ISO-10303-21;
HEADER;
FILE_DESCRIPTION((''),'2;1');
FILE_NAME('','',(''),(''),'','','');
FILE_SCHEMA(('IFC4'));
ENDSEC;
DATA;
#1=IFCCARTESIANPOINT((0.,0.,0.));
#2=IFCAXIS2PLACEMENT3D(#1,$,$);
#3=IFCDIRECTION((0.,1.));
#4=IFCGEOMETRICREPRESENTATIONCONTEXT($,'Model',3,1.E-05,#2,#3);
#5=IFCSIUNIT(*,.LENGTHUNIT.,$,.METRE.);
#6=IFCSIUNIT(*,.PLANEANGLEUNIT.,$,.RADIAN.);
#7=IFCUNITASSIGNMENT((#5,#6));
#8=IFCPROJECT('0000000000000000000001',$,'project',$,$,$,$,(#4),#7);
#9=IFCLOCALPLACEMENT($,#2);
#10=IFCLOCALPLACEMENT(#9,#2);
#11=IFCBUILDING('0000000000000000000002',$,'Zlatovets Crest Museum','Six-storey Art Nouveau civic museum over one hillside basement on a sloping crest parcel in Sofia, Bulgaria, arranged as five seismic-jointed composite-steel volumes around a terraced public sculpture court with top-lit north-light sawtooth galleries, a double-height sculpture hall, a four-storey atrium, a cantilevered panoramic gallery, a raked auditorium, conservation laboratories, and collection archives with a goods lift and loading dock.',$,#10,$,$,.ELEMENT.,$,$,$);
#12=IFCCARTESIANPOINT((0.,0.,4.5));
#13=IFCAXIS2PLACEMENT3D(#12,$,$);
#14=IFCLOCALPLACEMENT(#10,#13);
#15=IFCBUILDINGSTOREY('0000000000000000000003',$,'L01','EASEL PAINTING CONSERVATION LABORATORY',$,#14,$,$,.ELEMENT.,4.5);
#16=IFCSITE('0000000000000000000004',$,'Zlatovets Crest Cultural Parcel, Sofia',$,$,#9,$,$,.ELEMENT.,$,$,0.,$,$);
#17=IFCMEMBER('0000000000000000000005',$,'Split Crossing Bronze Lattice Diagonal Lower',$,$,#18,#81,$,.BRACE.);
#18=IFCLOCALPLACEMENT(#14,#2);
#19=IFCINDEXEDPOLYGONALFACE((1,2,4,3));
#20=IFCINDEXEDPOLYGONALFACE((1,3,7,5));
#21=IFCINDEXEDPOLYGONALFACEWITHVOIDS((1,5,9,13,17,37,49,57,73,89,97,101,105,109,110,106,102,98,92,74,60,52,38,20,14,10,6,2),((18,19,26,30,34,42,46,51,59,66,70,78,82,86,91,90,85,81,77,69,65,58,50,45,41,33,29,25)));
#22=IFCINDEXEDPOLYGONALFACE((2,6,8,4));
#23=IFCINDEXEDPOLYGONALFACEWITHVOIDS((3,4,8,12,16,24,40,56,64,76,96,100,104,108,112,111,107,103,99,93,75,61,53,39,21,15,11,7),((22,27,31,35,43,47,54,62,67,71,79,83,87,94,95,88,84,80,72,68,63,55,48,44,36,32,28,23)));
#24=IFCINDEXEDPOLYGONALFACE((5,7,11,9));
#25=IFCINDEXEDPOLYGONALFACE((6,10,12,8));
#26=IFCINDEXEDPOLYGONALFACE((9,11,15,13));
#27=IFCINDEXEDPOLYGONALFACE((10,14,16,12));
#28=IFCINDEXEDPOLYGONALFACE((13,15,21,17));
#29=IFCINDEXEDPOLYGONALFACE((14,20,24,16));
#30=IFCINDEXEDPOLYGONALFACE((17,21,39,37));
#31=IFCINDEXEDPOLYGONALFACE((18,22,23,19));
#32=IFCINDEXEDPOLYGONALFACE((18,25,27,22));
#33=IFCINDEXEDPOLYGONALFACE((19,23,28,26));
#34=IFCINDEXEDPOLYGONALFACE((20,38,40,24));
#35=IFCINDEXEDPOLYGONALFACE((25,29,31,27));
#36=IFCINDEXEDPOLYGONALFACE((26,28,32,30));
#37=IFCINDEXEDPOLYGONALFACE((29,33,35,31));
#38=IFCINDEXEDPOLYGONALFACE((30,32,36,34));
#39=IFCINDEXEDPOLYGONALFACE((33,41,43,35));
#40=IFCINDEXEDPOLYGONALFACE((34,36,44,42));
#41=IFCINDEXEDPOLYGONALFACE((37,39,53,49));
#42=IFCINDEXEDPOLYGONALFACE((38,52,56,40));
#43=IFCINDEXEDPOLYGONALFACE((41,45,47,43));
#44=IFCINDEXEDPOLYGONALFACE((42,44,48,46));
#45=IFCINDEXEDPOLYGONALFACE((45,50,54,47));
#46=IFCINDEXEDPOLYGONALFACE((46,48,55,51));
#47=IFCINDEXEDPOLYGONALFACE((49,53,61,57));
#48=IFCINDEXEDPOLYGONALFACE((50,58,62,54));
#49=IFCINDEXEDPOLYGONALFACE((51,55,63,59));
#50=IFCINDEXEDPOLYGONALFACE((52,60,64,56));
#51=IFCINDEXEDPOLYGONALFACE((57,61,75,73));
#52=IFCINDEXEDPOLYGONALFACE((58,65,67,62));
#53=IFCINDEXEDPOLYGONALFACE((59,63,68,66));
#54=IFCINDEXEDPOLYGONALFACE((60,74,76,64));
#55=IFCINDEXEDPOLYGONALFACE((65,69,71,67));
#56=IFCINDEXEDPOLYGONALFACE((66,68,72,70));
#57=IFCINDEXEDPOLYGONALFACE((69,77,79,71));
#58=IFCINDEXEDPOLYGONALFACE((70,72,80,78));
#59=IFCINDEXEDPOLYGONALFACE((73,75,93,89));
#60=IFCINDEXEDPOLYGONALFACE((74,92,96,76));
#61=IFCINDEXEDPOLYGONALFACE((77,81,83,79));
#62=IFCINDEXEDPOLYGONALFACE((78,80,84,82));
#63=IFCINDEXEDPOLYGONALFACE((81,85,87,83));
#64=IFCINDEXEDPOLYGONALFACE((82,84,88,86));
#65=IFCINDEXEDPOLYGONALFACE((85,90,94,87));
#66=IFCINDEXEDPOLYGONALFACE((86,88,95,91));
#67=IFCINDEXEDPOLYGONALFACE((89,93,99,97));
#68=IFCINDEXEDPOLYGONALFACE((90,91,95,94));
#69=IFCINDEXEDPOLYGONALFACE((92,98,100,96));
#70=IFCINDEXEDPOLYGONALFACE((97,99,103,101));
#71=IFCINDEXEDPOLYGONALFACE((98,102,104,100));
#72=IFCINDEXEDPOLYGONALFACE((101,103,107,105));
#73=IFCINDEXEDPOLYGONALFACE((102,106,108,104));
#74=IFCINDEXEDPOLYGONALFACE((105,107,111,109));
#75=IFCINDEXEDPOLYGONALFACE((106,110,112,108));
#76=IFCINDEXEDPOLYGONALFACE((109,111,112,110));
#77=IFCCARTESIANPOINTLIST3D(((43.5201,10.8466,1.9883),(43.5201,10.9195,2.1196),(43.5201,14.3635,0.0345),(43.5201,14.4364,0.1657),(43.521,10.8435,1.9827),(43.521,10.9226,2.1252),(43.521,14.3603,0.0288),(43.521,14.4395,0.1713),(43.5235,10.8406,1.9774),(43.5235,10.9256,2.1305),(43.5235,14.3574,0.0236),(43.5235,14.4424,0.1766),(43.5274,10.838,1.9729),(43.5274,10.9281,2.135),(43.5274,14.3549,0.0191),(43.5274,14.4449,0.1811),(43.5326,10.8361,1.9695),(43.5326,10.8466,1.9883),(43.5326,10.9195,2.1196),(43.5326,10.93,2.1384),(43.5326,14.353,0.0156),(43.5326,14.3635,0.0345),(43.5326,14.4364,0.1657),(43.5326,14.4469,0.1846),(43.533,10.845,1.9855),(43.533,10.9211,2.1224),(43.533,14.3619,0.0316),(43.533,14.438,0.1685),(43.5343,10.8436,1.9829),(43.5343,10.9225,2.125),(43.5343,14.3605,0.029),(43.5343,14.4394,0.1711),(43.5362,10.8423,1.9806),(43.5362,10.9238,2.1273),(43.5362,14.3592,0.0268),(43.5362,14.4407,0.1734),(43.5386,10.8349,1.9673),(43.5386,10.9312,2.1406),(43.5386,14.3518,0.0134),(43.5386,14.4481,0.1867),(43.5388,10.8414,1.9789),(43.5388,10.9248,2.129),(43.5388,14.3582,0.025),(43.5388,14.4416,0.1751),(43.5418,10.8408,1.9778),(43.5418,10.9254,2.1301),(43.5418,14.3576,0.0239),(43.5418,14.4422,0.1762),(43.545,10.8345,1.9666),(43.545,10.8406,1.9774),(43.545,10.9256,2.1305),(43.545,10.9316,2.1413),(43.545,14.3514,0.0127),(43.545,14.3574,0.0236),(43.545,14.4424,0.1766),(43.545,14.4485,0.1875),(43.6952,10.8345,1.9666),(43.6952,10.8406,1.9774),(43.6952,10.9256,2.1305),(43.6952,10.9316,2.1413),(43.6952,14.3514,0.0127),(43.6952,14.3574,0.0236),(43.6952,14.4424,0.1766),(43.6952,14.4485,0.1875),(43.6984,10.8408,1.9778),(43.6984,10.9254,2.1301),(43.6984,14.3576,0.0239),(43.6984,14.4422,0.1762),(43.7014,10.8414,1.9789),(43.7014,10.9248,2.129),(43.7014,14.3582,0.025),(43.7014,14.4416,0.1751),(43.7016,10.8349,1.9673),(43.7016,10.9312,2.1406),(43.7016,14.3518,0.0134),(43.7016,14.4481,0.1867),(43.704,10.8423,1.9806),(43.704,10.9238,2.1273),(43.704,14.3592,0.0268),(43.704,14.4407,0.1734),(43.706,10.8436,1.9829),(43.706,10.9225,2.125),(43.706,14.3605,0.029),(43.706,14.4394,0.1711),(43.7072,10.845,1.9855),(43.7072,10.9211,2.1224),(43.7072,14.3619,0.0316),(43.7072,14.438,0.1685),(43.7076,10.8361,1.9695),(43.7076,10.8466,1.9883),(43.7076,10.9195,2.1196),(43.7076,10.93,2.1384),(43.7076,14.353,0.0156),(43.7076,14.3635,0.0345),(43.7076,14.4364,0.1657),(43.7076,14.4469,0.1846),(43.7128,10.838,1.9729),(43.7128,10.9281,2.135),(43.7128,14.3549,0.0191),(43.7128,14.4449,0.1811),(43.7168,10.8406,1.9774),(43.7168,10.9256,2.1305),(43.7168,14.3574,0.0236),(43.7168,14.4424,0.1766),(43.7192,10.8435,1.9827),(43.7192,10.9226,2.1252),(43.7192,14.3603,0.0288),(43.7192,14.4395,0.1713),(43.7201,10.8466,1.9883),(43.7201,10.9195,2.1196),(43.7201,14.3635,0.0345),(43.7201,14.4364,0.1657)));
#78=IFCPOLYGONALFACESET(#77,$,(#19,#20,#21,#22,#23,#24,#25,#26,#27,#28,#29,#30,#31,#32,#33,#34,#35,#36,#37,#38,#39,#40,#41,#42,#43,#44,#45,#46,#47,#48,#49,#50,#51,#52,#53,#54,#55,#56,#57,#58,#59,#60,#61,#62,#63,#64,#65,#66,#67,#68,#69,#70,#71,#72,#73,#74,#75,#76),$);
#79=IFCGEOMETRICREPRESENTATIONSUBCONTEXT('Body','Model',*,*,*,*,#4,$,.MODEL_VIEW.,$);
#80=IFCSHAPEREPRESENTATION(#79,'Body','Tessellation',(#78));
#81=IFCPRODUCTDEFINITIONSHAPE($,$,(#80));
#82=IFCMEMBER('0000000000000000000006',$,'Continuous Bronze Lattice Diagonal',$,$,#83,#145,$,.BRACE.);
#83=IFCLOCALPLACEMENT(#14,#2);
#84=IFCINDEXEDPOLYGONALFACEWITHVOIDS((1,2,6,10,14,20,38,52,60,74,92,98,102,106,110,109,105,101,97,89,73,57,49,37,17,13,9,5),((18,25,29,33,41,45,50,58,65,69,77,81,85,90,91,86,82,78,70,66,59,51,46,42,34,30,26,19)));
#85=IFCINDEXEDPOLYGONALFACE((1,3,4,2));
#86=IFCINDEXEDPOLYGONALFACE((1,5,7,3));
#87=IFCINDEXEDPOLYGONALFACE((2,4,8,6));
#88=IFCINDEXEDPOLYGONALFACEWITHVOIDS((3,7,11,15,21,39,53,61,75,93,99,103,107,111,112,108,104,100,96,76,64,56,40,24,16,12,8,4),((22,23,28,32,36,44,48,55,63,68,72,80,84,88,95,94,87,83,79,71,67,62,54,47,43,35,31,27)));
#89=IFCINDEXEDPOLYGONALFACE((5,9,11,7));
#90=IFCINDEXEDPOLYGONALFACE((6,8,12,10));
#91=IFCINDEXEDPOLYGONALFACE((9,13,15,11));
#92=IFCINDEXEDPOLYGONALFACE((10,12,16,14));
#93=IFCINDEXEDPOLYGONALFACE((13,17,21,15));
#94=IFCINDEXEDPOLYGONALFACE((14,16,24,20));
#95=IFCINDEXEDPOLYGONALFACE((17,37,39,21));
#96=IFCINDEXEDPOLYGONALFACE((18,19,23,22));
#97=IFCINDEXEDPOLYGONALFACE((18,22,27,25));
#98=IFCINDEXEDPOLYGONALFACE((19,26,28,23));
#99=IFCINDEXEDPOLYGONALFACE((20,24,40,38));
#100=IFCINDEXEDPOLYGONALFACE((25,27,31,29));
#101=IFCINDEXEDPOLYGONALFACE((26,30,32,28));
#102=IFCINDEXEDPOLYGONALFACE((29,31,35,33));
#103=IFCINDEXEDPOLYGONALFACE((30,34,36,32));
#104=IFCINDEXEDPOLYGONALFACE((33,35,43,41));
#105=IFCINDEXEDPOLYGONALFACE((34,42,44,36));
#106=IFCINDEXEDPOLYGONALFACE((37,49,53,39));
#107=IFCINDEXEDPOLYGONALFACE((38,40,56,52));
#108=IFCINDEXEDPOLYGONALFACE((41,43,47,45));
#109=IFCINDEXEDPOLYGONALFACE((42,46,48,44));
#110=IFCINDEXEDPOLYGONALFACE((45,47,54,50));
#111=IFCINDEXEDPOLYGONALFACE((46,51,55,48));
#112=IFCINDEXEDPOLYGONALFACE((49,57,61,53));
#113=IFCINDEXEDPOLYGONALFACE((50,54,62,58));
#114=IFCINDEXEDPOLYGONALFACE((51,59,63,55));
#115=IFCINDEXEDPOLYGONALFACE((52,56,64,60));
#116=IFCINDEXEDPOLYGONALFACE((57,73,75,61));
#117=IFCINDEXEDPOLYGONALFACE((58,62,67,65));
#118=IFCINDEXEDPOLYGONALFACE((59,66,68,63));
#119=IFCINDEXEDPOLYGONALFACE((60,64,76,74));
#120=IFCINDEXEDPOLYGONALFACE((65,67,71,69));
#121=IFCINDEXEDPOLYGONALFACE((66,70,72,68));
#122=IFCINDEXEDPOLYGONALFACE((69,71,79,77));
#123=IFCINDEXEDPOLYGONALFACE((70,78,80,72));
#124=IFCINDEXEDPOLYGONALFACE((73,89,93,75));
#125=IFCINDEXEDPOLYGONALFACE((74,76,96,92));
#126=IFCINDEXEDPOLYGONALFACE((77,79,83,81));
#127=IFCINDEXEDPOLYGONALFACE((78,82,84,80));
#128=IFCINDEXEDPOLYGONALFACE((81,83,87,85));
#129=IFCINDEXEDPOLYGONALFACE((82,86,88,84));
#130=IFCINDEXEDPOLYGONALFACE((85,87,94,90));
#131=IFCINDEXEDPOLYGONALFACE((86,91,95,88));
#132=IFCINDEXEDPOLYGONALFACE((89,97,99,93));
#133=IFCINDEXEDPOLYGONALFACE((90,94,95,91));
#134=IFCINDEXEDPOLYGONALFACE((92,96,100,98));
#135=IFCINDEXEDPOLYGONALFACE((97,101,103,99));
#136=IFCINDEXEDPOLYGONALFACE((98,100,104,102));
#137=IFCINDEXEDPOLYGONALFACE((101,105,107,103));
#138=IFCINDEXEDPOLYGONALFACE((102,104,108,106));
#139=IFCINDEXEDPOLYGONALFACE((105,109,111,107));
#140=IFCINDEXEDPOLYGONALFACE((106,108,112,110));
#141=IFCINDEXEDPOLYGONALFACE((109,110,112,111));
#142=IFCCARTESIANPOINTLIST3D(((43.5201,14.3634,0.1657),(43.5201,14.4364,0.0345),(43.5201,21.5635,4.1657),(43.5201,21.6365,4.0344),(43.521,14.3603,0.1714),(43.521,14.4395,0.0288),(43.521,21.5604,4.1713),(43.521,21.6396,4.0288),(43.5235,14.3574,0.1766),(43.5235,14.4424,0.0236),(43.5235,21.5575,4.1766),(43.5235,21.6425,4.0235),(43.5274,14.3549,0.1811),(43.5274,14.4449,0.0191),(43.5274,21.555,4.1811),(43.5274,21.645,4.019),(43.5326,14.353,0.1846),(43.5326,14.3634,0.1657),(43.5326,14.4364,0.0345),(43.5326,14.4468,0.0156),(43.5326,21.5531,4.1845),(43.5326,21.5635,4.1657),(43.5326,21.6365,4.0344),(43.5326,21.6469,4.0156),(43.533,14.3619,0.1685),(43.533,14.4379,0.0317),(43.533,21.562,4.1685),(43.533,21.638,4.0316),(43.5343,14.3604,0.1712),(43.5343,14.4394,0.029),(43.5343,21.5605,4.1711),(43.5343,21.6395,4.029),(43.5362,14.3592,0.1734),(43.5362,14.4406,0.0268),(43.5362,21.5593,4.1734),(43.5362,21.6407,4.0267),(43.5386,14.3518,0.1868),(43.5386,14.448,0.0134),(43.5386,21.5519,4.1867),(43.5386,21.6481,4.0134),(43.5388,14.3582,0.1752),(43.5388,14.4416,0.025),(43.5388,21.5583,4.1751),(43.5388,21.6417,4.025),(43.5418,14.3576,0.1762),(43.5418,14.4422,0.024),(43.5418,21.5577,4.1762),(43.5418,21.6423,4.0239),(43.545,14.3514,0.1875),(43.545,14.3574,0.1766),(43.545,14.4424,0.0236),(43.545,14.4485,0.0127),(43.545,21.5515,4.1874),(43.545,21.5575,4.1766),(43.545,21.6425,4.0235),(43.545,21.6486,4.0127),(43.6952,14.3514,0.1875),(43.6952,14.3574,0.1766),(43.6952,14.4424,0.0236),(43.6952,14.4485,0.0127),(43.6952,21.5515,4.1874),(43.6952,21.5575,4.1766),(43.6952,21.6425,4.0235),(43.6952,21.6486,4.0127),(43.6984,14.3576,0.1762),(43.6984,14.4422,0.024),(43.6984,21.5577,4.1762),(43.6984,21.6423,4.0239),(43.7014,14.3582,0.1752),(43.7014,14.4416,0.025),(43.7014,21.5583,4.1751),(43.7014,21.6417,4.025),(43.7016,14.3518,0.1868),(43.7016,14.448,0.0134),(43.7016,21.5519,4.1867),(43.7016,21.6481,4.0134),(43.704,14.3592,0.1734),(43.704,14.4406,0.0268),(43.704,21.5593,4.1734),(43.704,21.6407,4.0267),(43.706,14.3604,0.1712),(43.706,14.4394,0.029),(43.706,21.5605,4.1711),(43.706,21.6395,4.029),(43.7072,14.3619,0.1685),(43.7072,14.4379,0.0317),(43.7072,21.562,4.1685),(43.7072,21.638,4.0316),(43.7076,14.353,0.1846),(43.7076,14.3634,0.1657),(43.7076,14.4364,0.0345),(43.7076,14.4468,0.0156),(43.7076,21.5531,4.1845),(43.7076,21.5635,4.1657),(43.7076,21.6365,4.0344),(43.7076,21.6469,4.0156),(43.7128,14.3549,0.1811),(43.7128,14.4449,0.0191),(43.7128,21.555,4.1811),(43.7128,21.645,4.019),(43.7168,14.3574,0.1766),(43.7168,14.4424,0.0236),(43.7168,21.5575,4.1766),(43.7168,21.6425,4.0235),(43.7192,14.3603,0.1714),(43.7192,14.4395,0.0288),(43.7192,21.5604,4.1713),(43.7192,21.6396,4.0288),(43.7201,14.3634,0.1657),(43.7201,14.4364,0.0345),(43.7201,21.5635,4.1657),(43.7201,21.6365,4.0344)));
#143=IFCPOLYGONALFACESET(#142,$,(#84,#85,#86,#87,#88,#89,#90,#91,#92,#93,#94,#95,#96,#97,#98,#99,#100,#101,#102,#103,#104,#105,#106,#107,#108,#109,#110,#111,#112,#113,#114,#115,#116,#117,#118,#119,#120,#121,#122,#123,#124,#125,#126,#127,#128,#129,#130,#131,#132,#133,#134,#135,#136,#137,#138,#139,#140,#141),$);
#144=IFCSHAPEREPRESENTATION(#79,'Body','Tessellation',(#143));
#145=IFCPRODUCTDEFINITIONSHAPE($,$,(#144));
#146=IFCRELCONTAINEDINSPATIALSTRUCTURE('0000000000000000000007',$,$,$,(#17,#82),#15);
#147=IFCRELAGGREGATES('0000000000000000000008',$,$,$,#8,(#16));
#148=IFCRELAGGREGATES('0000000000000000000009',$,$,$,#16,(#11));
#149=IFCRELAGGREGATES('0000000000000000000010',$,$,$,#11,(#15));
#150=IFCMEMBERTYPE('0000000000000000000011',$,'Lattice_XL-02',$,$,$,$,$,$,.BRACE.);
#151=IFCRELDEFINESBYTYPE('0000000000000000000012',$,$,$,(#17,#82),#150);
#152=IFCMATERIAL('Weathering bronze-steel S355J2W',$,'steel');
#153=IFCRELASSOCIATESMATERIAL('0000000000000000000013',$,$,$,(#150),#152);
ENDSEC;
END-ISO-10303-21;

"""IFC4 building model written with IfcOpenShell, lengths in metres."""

from ifc_helpers import new_model, si_unit, direction, frame, origin, origin_2d, place, context, subcontext, project, spatial, hollow_rectangle, extrude, material, material_profile, profile_set, type_object, element, save


model = new_model("IFC4")

# Units and contexts
model_context = context("Model", 3, precision=1e-05, world=origin(), true_north=direction((0.0, 1.0)))
body_context = subcontext(model_context, "Body", "Model", "MODEL_VIEW")
ifc_project = project(units=[si_unit("LENGTHUNIT", "METRE"), si_unit("PLANEANGLEUNIT", "RADIAN")], contexts=[model_context])

# Site, building, storey
site_placement = place(None, origin())
site = spatial("IfcSite", under=ifc_project, at=site_placement, Name="Zlatovets Crest Cultural Parcel, Sofia", CompositionType="ELEMENT", RefElevation=0.0)
building_placement = place(site_placement, origin())
building = spatial("IfcBuilding", under=site, at=building_placement, Name="Zlatovets Crest Museum", Description="Six-storey Art Nouveau civic museum over one hillside basement on a sloping crest parcel in Sofia, Bulgaria, arranged as five seismic-jointed composite-steel volumes around a terraced public sculpture court with top-lit north-light sawtooth galleries, a double-height sculpture hall, a four-storey atrium, a cantilevered panoramic gallery, a raked auditorium, conservation laboratories, and collection archives with a goods lift and loading dock.", CompositionType="ELEMENT")
storey_placement = place(building_placement, frame((0.0, 0.0, 4.5)))
storey = spatial("IfcBuildingStorey", under=building, at=storey_placement, Name="L01", Description="EASEL PAINTING CONSERVATION LABORATORY", CompositionType="ELEMENT", Elevation=4.5)

# Members
ifc_material_1 = material(Name="Weathering bronze-steel S355J2W", Category="steel")
ifc_material_profile_1 = material_profile(ifc_material_1, hollow_rectangle(XDim=0.2, YDim=0.2, WallThickness=0.0125, InnerFilletRadius=0.0125, OuterFilletRadius=0.0249, at=origin_2d()), Name="SHS 200x200x12.5")
ifc_profile_set_1 = profile_set([ifc_material_profile_1], Name="Weathering bronze-steel S355J2W")
member_type_1 = type_object("IfcMemberType", Name="Lattice_XL-02", PredefinedType="BRACE", material=ifc_profile_set_1)
member_1_placement = place(storey_placement, frame((43.6201, 10.8831, 2.054), z_axis=(0.0, 0.874152, -0.485653), x_axis=(-1.0, 0.0, 0.0)))
element("IfcMember", 1, at=member_1_placement, inside=storey, type_object=member_type_1, Name="Split Crossing Bronze Lattice Diagonal Lower", PredefinedType="BRACE", context=body_context, shape_type="SweptSolid", body=[
    extrude(hollow_rectangle(XDim=0.2, YDim=0.2, WallThickness=0.0125, InnerFilletRadius=0.0125, OuterFilletRadius=0.0249, at=origin_2d()), origin(), (0.0, 0.0, 1.0), 4.0232),
])
member_2_placement = place(storey_placement, frame((43.6201, 14.3999, 0.1001), z_axis=(0.0, 0.874163, 0.485633), x_axis=(-1.0, 0.0, 0.0)))
element("IfcMember", 2, at=member_2_placement, inside=storey, type_object=member_type_1, Name="Continuous Bronze Lattice Diagonal", PredefinedType="BRACE", context=body_context, shape_type="SweptSolid", body=[
    extrude(hollow_rectangle(XDim=0.2, YDim=0.2, WallThickness=0.0125, InnerFilletRadius=0.0125, OuterFilletRadius=0.0249, at=origin_2d()), origin(), (0.0, 0.0, 1.0), 8.2366),
])

save(model, "model.ifc")
